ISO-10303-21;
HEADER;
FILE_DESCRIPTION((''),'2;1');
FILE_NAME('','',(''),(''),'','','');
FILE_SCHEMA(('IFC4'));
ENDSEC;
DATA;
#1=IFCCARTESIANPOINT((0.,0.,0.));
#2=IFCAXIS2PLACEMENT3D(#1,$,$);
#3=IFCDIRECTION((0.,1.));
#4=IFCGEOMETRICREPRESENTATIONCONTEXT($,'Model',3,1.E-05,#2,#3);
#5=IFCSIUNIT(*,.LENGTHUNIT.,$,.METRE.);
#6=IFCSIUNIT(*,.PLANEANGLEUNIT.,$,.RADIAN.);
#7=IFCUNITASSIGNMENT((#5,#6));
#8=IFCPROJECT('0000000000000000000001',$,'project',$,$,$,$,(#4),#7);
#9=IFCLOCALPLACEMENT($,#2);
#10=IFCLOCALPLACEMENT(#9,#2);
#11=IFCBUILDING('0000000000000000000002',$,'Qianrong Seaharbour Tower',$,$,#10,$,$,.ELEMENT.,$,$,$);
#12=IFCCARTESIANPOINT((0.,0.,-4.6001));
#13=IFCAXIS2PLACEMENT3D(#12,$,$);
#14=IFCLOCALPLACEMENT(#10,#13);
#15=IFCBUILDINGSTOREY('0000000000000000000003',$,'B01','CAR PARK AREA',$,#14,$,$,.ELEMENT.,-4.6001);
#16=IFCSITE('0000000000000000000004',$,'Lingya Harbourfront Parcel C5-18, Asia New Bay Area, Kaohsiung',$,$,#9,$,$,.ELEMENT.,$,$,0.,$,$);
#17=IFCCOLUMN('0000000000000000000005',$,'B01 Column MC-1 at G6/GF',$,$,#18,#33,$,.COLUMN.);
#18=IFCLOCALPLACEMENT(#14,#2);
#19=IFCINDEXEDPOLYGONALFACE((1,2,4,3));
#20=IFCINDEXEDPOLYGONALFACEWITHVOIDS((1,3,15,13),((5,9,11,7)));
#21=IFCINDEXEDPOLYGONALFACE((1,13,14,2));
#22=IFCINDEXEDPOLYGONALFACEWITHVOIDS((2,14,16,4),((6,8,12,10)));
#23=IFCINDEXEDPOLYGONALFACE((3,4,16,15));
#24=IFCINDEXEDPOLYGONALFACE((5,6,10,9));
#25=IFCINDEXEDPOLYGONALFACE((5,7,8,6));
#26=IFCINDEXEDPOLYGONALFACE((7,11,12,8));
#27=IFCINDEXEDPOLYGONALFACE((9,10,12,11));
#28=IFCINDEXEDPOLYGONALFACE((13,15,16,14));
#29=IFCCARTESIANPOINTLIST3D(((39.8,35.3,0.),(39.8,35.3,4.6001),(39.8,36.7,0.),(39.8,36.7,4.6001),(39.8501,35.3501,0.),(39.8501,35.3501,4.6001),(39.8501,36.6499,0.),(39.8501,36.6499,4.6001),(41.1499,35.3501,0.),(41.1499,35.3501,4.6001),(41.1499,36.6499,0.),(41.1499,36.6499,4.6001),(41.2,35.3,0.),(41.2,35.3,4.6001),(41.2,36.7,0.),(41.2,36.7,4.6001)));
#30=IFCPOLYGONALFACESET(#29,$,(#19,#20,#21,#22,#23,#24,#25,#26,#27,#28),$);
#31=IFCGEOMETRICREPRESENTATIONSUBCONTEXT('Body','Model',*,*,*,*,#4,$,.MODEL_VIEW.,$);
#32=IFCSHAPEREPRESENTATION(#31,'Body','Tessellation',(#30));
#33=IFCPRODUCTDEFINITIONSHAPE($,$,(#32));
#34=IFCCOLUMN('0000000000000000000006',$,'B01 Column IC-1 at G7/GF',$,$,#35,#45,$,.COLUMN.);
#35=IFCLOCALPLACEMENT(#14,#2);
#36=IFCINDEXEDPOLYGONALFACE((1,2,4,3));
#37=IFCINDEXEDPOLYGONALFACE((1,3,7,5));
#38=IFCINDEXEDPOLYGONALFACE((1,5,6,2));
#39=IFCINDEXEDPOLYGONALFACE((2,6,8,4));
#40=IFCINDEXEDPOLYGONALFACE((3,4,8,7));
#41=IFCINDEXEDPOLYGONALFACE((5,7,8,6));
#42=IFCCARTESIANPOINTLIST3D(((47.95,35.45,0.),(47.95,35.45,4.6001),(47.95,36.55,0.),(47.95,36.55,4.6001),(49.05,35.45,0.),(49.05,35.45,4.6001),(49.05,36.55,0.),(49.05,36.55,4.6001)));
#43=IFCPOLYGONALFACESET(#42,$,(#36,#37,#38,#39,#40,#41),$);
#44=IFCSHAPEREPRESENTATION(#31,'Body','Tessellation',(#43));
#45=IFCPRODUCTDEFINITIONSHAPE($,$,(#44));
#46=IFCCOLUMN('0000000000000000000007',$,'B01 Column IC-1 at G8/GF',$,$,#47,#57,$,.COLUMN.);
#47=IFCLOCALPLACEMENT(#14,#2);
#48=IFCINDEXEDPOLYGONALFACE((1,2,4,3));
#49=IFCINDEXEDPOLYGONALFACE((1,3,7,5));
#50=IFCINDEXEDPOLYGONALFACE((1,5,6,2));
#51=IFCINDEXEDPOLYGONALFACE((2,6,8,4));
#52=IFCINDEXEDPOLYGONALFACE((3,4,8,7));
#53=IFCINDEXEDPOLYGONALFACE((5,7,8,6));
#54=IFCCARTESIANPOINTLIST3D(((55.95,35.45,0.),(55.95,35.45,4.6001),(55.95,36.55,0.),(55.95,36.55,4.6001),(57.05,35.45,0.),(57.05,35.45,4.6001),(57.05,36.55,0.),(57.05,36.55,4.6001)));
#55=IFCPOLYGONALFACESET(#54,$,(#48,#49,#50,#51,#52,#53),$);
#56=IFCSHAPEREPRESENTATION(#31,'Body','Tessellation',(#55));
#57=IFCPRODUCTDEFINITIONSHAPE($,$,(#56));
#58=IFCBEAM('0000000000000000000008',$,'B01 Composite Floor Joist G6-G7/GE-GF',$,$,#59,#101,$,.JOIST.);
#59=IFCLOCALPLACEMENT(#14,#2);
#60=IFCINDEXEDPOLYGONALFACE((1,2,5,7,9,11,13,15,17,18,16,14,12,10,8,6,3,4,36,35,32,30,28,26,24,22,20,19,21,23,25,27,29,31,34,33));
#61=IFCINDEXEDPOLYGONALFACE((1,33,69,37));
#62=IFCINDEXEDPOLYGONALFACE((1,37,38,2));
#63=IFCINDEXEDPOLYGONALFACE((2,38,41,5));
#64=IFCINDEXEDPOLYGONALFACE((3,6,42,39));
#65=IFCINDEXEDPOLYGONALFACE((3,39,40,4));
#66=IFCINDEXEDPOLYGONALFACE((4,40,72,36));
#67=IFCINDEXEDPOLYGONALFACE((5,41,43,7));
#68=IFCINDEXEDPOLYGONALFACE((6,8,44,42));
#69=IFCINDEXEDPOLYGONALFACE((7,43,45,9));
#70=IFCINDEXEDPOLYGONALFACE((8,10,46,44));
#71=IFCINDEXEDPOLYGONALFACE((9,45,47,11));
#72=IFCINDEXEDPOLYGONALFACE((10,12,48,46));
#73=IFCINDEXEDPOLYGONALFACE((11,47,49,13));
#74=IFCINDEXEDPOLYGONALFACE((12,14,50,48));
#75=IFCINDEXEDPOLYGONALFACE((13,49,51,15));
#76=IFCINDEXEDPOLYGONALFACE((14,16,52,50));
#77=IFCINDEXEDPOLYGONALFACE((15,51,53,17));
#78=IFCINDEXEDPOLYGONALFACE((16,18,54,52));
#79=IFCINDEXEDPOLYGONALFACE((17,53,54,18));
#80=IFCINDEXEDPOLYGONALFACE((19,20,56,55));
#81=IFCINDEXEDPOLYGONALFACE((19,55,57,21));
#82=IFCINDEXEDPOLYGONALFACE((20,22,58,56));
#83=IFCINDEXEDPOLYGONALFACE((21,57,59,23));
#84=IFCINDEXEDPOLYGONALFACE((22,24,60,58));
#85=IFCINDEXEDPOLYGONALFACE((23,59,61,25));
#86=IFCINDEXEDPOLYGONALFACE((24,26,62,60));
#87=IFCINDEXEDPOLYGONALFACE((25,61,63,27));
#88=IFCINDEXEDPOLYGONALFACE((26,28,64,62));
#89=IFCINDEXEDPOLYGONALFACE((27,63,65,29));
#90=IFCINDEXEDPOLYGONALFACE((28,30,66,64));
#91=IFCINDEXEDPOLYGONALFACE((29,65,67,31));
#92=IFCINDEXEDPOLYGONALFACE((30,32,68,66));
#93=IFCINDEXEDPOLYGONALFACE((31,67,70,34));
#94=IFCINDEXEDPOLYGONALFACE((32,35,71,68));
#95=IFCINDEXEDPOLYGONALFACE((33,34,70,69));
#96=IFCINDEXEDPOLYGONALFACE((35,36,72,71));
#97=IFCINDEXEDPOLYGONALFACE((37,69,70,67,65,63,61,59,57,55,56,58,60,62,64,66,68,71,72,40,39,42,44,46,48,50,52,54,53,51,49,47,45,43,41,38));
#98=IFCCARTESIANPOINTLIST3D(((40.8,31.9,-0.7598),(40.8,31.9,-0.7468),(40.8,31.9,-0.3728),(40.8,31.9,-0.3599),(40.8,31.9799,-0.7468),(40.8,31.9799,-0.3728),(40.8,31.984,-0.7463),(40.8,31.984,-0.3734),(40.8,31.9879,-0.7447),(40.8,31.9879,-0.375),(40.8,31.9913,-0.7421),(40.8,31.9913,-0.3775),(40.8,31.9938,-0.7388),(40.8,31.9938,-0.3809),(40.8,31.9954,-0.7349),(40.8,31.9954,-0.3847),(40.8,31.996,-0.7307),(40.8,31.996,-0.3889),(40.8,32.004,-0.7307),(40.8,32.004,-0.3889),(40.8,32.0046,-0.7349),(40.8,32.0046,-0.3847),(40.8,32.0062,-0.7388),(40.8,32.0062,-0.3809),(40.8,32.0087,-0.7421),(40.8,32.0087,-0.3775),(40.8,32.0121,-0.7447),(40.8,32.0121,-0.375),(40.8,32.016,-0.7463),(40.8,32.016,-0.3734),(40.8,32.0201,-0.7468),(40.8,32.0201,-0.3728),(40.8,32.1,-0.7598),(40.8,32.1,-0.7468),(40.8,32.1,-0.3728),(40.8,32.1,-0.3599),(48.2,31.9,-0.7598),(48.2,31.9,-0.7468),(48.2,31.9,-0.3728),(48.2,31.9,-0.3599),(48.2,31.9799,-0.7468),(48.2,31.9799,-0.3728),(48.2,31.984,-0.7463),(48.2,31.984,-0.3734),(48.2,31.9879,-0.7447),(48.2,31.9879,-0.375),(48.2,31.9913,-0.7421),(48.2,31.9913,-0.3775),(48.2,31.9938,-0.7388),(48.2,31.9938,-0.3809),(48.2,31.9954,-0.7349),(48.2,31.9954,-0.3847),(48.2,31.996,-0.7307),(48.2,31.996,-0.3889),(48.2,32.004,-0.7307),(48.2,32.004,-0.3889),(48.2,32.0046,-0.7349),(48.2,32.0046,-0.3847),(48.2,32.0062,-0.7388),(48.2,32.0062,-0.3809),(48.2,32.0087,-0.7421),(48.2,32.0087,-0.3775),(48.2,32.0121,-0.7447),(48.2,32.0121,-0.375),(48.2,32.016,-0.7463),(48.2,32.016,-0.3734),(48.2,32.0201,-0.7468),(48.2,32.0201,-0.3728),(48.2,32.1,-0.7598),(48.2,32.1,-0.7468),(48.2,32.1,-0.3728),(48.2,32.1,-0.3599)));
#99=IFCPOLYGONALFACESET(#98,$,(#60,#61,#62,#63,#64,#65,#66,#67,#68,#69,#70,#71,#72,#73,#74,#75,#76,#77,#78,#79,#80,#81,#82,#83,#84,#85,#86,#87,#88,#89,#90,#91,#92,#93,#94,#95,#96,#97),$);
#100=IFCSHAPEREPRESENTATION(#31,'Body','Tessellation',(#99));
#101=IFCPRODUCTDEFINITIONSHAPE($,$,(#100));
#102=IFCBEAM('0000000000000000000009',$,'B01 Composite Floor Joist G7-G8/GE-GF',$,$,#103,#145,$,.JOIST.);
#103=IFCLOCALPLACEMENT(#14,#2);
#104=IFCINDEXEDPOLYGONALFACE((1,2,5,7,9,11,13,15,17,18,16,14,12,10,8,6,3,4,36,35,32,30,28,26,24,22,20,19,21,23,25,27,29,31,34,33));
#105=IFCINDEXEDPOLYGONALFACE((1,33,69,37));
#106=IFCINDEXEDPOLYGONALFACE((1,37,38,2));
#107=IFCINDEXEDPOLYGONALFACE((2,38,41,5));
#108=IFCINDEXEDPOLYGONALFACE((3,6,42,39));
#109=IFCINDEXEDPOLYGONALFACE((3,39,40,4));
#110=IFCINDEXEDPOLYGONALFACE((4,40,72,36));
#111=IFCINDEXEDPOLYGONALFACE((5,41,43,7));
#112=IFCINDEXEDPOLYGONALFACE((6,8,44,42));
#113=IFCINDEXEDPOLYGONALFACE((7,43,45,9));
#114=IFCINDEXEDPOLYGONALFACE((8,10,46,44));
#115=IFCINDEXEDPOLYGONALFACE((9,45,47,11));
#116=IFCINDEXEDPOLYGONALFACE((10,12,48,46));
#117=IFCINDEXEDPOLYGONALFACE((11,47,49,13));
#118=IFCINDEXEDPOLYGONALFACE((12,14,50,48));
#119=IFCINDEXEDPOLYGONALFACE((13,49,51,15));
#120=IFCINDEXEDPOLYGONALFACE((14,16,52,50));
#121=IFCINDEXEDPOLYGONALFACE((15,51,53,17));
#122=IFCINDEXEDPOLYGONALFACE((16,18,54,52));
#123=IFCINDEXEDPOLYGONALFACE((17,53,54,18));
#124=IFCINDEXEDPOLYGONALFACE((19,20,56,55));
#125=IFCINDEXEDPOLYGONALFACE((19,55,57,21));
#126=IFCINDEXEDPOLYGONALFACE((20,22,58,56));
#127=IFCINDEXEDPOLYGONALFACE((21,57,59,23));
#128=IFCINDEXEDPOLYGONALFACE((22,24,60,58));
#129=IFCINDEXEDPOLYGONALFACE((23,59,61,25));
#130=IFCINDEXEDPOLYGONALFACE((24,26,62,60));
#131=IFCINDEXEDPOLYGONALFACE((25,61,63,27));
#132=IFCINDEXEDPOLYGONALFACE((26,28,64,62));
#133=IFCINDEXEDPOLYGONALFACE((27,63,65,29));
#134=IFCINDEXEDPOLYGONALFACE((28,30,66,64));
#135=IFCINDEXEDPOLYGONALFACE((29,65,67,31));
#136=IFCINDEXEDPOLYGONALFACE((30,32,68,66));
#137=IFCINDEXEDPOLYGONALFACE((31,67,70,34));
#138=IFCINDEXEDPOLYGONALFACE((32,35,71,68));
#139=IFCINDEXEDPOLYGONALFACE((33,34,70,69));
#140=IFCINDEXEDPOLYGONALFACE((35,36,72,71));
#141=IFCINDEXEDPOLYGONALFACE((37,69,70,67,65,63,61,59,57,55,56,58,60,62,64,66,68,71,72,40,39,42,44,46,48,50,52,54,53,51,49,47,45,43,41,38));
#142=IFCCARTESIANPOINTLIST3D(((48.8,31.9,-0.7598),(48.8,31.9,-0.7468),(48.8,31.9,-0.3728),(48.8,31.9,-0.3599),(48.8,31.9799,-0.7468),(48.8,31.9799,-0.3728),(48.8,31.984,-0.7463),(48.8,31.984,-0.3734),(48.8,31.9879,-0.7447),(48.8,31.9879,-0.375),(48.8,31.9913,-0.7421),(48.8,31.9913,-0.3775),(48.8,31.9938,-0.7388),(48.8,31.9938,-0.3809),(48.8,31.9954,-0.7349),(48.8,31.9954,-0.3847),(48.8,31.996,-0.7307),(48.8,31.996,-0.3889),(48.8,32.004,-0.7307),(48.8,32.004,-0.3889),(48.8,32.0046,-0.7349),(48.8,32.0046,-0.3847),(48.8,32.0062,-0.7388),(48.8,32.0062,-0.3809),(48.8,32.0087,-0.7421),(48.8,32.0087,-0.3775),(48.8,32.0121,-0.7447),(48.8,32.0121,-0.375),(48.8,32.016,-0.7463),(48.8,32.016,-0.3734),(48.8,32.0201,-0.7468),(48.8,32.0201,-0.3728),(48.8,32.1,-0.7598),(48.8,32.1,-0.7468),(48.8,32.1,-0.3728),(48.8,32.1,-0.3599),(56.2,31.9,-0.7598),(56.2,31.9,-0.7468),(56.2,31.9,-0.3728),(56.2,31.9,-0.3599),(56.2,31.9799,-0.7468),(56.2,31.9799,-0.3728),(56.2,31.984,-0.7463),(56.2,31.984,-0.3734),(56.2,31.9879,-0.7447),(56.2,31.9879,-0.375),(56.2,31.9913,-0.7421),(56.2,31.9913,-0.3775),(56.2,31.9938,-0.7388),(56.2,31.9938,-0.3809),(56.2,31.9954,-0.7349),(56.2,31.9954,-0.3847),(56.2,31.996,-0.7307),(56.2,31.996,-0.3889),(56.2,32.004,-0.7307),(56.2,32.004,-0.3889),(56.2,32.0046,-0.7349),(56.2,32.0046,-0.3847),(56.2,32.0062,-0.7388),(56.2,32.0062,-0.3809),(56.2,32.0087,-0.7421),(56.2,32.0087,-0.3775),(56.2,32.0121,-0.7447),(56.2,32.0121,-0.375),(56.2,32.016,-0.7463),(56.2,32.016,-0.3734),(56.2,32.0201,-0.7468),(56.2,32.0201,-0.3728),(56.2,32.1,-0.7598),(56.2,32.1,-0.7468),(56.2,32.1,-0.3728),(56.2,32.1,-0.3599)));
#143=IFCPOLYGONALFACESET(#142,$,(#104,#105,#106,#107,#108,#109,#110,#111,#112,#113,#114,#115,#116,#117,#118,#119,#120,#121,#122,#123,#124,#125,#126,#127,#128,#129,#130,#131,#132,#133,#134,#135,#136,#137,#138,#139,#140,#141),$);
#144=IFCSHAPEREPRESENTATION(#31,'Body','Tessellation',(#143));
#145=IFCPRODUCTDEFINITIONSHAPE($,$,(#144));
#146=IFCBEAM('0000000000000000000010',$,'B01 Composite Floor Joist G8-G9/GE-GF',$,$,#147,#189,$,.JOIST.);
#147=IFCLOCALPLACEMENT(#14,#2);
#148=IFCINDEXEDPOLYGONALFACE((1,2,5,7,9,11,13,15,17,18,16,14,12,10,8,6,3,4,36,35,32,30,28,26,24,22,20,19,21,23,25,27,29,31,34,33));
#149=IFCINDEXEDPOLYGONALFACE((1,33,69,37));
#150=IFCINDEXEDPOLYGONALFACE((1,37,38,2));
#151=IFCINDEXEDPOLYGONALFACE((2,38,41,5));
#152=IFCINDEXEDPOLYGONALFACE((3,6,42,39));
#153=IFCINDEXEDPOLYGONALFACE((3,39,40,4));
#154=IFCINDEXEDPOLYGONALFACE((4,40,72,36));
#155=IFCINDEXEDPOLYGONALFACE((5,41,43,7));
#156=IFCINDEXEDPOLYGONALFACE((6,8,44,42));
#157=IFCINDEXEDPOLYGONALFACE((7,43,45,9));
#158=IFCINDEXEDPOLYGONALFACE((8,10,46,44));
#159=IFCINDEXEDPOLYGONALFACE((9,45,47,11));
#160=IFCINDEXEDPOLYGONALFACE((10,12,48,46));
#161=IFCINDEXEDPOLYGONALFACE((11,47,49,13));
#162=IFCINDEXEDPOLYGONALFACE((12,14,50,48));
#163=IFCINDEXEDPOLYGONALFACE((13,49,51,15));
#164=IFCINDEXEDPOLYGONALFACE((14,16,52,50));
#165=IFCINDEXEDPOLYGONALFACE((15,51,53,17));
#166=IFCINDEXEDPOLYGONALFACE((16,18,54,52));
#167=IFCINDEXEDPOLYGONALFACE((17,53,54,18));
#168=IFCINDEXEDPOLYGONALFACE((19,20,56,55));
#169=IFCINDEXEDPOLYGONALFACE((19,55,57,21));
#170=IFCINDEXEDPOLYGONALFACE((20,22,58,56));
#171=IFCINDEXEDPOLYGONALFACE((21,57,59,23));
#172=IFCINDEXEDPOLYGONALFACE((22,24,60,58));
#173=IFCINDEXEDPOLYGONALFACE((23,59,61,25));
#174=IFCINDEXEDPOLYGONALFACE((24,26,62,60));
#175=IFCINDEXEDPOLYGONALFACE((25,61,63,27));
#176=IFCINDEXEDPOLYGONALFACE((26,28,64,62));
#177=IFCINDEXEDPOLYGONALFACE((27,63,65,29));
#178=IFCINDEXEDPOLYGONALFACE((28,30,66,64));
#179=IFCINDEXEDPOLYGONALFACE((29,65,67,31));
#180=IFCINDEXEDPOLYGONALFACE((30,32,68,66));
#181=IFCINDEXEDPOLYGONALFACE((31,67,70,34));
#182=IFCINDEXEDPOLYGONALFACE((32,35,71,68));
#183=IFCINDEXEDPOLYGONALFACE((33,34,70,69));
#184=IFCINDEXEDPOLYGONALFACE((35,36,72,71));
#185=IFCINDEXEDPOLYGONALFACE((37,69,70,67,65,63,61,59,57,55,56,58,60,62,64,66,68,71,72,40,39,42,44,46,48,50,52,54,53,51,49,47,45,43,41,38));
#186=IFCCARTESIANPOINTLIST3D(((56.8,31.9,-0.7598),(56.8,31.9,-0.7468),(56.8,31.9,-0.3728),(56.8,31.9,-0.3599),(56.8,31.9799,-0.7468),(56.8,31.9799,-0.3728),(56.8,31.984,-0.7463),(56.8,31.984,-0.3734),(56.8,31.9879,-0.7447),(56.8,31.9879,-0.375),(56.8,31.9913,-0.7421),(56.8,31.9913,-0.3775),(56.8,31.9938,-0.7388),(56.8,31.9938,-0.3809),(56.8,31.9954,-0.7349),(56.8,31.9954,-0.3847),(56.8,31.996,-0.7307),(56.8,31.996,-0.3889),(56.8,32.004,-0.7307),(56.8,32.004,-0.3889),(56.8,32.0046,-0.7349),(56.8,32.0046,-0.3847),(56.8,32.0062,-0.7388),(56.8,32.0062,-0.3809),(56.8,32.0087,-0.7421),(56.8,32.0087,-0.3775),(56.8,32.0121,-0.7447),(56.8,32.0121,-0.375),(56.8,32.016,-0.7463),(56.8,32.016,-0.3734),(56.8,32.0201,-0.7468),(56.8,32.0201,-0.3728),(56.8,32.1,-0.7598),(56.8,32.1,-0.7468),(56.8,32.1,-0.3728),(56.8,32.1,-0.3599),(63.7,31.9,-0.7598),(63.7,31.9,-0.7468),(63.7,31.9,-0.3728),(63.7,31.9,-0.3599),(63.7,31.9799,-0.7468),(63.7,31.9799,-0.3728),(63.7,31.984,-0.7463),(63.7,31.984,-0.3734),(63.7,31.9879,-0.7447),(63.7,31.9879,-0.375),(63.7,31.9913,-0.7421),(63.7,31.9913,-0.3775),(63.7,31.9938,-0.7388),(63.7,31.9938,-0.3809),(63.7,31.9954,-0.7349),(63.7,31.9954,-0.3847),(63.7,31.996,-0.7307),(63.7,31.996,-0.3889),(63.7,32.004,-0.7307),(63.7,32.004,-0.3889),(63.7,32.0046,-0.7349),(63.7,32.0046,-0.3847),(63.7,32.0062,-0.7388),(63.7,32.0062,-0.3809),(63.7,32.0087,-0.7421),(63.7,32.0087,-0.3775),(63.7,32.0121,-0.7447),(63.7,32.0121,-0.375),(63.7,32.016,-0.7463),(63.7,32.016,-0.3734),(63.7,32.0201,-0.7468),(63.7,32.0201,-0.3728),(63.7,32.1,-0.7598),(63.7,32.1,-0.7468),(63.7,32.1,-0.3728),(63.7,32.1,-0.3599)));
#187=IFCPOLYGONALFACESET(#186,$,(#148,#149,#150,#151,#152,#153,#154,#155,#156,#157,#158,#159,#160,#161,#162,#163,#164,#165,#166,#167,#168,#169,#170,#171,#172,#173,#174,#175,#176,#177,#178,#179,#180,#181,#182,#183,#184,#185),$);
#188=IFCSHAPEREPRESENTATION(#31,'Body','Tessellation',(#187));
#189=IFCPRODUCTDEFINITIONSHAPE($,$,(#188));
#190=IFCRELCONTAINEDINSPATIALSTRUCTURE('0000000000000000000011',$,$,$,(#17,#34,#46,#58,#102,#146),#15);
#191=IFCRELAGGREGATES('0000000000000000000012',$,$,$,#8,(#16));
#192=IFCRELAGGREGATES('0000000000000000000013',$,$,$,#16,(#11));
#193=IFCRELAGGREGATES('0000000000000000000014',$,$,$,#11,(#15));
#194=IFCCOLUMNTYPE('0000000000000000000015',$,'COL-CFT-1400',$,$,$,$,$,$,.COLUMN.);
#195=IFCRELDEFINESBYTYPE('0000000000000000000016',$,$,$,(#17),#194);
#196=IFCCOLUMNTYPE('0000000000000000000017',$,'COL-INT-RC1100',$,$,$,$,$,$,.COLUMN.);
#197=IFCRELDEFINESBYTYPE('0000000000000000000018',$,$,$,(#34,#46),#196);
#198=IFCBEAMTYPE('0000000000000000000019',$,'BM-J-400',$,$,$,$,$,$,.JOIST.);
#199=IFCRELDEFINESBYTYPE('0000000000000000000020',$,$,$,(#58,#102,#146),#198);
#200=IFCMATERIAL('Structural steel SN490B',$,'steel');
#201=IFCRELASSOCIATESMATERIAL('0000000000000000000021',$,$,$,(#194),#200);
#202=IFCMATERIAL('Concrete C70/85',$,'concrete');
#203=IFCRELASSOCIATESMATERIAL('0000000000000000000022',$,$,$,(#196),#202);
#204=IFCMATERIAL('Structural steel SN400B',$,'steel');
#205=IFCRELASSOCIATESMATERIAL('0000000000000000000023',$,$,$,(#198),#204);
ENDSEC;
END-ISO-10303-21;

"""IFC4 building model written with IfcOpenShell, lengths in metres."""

from ifc_helpers import new_model, si_unit, direction, frame, origin, origin_2d, place, context, subcontext, project, spatial, rectangle, hollow_rectangle, i_section, extrude, material, material_profile, profile_set, type_object, element, save


model = new_model("IFC4")

# Units and contexts
model_context = context("Model", 3, precision=1e-05, world=origin(), true_north=direction((0.0, 1.0)))
body_context = subcontext(model_context, "Body", "Model", "MODEL_VIEW")
ifc_project = project(units=[si_unit("LENGTHUNIT", "METRE"), si_unit("PLANEANGLEUNIT", "RADIAN")], contexts=[model_context])

# Site, building, storey
site_placement = place(None, origin())
site = spatial("IfcSite", under=ifc_project, at=site_placement, Name="Lingya Harbourfront Parcel C5-18, Asia New Bay Area, Kaohsiung", CompositionType="ELEMENT", RefElevation=0.0)
building_placement = place(site_placement, origin())
building = spatial("IfcBuilding", under=site, at=building_placement, Name="Qianrong Seaharbour Tower", CompositionType="ELEMENT")
storey_placement = place(building_placement, frame((0.0, 0.0, -4.6001)))
storey = spatial("IfcBuildingStorey", under=building, at=storey_placement, Name="B01", Description="CAR PARK AREA", CompositionType="ELEMENT", Elevation=-4.6001)

# Columns
ifc_material_1 = material(Name="Structural steel SN490B", Category="steel")
ifc_material_profile_1 = material_profile(ifc_material_1, hollow_rectangle(XDim=1.3999, YDim=1.3999, WallThickness=0.05, at=origin_2d()), Name="BOX1400x1400x50")
ifc_profile_set_1 = profile_set([ifc_material_profile_1], Name="Structural steel SN490B")
column_type_1 = type_object("IfcColumnType", Name="COL-CFT-1400", PredefinedType="COLUMN", material=ifc_profile_set_1)
column_placement = place(storey_placement, frame((40.5, 36.0, 0.0), z_axis=(0.0, 0.0, 1.0), x_axis=(1.0, 0.0, 0.0)))
element("IfcColumn", 1, at=column_placement, inside=storey, type_object=column_type_1, Name="B01 Column MC-1 at G6/GF", PredefinedType="COLUMN", context=body_context, shape_type="SweptSolid", body=[
    extrude(hollow_rectangle(XDim=1.3999, YDim=1.3999, WallThickness=0.05, at=origin_2d()), origin(), (0.0, 0.0, 1.0), 4.6001),
])
ifc_material_2 = material(Name="Concrete C70/85", Category="concrete")
ifc_material_profile_2 = material_profile(ifc_material_2, rectangle(XDim=1.1001, YDim=1.1001, at=origin_2d()), Name="RC1100x1100")
ifc_profile_set_2 = profile_set([ifc_material_profile_2], Name="Concrete C70/85")
column_type_2 = type_object("IfcColumnType", Name="COL-INT-RC1100", PredefinedType="COLUMN", material=ifc_profile_set_2)
for number, where, z_axis, x_axis, name in (
    (2, (48.5, 36.0, 0.0), (0.0, 0.0, 1.0), (1.0, 0.0, 0.0), "B01 Column IC-1 at G7/GF"),
    (3, (56.5, 36.0, 0.0), (0.0, 0.0, 1.0), (1.0, 0.0, 0.0), "B01 Column IC-1 at G8/GF"),
):
    element("IfcColumn", number, at=place(storey_placement, frame(where, z_axis=z_axis, x_axis=x_axis)), inside=storey, type_object=column_type_2, Name=name, PredefinedType="COLUMN", context=body_context, shape_type="SweptSolid", body=[
        extrude(rectangle(XDim=1.1001, YDim=1.1001, at=origin_2d()), origin(), (0.0, 0.0, 1.0), 4.6001),
    ])

# Beams
ifc_material_3 = material(Name="Structural steel SN400B", Category="steel")
ifc_material_profile_3 = material_profile(ifc_material_3, i_section(OverallWidth=0.2, OverallDepth=0.3999, WebThickness=0.0081, FlangeThickness=0.0129, FilletRadius=0.0161, at=origin_2d()), Name="H400x200x8x13")
ifc_profile_set_3 = profile_set([ifc_material_profile_3], Name="Structural steel SN400B")
beam_type_1 = type_object("IfcBeamType", Name="BM-J-400", PredefinedType="JOIST", material=ifc_profile_set_3)
for number, where, z_axis, x_axis, name in (
    (4, (40.8, 32.0, -0.5598), (1.0, 0.0, 0.0), (0.0, 1.0, 0.0), "B01 Composite Floor Joist G6-G7/GE-GF"),
    (5, (48.8, 32.0, -0.5598), (1.0, 0.0, 0.0), (0.0, 1.0, 0.0), "B01 Composite Floor Joist G7-G8/GE-GF"),
):
    element("IfcBeam", number, at=place(storey_placement, frame(where, z_axis=z_axis, x_axis=x_axis)), inside=storey, type_object=beam_type_1, Name=name, PredefinedType="JOIST", context=body_context, shape_type="SweptSolid", body=[
        extrude(i_section(OverallWidth=0.2, OverallDepth=0.3999, WebThickness=0.0081, FlangeThickness=0.0129, FilletRadius=0.0161, at=origin_2d()), origin(), (0.0, 0.0, 1.0), 7.3999),
    ])
beam_1_placement = place(storey_placement, frame((56.8, 32.0, -0.5598), z_axis=(1.0, 0.0, 0.0), x_axis=(0.0, 1.0, 0.0)))
element("IfcBeam", 6, at=beam_1_placement, inside=storey, type_object=beam_type_1, Name="B01 Composite Floor Joist G8-G9/GE-GF", PredefinedType="JOIST", context=body_context, shape_type="SweptSolid", body=[
    extrude(i_section(OverallWidth=0.2, OverallDepth=0.3999, WebThickness=0.0081, FlangeThickness=0.0129, FilletRadius=0.0161, at=origin_2d()), origin(), (0.0, 0.0, 1.0), 6.8999),
])

save(model, "model.ifc")
